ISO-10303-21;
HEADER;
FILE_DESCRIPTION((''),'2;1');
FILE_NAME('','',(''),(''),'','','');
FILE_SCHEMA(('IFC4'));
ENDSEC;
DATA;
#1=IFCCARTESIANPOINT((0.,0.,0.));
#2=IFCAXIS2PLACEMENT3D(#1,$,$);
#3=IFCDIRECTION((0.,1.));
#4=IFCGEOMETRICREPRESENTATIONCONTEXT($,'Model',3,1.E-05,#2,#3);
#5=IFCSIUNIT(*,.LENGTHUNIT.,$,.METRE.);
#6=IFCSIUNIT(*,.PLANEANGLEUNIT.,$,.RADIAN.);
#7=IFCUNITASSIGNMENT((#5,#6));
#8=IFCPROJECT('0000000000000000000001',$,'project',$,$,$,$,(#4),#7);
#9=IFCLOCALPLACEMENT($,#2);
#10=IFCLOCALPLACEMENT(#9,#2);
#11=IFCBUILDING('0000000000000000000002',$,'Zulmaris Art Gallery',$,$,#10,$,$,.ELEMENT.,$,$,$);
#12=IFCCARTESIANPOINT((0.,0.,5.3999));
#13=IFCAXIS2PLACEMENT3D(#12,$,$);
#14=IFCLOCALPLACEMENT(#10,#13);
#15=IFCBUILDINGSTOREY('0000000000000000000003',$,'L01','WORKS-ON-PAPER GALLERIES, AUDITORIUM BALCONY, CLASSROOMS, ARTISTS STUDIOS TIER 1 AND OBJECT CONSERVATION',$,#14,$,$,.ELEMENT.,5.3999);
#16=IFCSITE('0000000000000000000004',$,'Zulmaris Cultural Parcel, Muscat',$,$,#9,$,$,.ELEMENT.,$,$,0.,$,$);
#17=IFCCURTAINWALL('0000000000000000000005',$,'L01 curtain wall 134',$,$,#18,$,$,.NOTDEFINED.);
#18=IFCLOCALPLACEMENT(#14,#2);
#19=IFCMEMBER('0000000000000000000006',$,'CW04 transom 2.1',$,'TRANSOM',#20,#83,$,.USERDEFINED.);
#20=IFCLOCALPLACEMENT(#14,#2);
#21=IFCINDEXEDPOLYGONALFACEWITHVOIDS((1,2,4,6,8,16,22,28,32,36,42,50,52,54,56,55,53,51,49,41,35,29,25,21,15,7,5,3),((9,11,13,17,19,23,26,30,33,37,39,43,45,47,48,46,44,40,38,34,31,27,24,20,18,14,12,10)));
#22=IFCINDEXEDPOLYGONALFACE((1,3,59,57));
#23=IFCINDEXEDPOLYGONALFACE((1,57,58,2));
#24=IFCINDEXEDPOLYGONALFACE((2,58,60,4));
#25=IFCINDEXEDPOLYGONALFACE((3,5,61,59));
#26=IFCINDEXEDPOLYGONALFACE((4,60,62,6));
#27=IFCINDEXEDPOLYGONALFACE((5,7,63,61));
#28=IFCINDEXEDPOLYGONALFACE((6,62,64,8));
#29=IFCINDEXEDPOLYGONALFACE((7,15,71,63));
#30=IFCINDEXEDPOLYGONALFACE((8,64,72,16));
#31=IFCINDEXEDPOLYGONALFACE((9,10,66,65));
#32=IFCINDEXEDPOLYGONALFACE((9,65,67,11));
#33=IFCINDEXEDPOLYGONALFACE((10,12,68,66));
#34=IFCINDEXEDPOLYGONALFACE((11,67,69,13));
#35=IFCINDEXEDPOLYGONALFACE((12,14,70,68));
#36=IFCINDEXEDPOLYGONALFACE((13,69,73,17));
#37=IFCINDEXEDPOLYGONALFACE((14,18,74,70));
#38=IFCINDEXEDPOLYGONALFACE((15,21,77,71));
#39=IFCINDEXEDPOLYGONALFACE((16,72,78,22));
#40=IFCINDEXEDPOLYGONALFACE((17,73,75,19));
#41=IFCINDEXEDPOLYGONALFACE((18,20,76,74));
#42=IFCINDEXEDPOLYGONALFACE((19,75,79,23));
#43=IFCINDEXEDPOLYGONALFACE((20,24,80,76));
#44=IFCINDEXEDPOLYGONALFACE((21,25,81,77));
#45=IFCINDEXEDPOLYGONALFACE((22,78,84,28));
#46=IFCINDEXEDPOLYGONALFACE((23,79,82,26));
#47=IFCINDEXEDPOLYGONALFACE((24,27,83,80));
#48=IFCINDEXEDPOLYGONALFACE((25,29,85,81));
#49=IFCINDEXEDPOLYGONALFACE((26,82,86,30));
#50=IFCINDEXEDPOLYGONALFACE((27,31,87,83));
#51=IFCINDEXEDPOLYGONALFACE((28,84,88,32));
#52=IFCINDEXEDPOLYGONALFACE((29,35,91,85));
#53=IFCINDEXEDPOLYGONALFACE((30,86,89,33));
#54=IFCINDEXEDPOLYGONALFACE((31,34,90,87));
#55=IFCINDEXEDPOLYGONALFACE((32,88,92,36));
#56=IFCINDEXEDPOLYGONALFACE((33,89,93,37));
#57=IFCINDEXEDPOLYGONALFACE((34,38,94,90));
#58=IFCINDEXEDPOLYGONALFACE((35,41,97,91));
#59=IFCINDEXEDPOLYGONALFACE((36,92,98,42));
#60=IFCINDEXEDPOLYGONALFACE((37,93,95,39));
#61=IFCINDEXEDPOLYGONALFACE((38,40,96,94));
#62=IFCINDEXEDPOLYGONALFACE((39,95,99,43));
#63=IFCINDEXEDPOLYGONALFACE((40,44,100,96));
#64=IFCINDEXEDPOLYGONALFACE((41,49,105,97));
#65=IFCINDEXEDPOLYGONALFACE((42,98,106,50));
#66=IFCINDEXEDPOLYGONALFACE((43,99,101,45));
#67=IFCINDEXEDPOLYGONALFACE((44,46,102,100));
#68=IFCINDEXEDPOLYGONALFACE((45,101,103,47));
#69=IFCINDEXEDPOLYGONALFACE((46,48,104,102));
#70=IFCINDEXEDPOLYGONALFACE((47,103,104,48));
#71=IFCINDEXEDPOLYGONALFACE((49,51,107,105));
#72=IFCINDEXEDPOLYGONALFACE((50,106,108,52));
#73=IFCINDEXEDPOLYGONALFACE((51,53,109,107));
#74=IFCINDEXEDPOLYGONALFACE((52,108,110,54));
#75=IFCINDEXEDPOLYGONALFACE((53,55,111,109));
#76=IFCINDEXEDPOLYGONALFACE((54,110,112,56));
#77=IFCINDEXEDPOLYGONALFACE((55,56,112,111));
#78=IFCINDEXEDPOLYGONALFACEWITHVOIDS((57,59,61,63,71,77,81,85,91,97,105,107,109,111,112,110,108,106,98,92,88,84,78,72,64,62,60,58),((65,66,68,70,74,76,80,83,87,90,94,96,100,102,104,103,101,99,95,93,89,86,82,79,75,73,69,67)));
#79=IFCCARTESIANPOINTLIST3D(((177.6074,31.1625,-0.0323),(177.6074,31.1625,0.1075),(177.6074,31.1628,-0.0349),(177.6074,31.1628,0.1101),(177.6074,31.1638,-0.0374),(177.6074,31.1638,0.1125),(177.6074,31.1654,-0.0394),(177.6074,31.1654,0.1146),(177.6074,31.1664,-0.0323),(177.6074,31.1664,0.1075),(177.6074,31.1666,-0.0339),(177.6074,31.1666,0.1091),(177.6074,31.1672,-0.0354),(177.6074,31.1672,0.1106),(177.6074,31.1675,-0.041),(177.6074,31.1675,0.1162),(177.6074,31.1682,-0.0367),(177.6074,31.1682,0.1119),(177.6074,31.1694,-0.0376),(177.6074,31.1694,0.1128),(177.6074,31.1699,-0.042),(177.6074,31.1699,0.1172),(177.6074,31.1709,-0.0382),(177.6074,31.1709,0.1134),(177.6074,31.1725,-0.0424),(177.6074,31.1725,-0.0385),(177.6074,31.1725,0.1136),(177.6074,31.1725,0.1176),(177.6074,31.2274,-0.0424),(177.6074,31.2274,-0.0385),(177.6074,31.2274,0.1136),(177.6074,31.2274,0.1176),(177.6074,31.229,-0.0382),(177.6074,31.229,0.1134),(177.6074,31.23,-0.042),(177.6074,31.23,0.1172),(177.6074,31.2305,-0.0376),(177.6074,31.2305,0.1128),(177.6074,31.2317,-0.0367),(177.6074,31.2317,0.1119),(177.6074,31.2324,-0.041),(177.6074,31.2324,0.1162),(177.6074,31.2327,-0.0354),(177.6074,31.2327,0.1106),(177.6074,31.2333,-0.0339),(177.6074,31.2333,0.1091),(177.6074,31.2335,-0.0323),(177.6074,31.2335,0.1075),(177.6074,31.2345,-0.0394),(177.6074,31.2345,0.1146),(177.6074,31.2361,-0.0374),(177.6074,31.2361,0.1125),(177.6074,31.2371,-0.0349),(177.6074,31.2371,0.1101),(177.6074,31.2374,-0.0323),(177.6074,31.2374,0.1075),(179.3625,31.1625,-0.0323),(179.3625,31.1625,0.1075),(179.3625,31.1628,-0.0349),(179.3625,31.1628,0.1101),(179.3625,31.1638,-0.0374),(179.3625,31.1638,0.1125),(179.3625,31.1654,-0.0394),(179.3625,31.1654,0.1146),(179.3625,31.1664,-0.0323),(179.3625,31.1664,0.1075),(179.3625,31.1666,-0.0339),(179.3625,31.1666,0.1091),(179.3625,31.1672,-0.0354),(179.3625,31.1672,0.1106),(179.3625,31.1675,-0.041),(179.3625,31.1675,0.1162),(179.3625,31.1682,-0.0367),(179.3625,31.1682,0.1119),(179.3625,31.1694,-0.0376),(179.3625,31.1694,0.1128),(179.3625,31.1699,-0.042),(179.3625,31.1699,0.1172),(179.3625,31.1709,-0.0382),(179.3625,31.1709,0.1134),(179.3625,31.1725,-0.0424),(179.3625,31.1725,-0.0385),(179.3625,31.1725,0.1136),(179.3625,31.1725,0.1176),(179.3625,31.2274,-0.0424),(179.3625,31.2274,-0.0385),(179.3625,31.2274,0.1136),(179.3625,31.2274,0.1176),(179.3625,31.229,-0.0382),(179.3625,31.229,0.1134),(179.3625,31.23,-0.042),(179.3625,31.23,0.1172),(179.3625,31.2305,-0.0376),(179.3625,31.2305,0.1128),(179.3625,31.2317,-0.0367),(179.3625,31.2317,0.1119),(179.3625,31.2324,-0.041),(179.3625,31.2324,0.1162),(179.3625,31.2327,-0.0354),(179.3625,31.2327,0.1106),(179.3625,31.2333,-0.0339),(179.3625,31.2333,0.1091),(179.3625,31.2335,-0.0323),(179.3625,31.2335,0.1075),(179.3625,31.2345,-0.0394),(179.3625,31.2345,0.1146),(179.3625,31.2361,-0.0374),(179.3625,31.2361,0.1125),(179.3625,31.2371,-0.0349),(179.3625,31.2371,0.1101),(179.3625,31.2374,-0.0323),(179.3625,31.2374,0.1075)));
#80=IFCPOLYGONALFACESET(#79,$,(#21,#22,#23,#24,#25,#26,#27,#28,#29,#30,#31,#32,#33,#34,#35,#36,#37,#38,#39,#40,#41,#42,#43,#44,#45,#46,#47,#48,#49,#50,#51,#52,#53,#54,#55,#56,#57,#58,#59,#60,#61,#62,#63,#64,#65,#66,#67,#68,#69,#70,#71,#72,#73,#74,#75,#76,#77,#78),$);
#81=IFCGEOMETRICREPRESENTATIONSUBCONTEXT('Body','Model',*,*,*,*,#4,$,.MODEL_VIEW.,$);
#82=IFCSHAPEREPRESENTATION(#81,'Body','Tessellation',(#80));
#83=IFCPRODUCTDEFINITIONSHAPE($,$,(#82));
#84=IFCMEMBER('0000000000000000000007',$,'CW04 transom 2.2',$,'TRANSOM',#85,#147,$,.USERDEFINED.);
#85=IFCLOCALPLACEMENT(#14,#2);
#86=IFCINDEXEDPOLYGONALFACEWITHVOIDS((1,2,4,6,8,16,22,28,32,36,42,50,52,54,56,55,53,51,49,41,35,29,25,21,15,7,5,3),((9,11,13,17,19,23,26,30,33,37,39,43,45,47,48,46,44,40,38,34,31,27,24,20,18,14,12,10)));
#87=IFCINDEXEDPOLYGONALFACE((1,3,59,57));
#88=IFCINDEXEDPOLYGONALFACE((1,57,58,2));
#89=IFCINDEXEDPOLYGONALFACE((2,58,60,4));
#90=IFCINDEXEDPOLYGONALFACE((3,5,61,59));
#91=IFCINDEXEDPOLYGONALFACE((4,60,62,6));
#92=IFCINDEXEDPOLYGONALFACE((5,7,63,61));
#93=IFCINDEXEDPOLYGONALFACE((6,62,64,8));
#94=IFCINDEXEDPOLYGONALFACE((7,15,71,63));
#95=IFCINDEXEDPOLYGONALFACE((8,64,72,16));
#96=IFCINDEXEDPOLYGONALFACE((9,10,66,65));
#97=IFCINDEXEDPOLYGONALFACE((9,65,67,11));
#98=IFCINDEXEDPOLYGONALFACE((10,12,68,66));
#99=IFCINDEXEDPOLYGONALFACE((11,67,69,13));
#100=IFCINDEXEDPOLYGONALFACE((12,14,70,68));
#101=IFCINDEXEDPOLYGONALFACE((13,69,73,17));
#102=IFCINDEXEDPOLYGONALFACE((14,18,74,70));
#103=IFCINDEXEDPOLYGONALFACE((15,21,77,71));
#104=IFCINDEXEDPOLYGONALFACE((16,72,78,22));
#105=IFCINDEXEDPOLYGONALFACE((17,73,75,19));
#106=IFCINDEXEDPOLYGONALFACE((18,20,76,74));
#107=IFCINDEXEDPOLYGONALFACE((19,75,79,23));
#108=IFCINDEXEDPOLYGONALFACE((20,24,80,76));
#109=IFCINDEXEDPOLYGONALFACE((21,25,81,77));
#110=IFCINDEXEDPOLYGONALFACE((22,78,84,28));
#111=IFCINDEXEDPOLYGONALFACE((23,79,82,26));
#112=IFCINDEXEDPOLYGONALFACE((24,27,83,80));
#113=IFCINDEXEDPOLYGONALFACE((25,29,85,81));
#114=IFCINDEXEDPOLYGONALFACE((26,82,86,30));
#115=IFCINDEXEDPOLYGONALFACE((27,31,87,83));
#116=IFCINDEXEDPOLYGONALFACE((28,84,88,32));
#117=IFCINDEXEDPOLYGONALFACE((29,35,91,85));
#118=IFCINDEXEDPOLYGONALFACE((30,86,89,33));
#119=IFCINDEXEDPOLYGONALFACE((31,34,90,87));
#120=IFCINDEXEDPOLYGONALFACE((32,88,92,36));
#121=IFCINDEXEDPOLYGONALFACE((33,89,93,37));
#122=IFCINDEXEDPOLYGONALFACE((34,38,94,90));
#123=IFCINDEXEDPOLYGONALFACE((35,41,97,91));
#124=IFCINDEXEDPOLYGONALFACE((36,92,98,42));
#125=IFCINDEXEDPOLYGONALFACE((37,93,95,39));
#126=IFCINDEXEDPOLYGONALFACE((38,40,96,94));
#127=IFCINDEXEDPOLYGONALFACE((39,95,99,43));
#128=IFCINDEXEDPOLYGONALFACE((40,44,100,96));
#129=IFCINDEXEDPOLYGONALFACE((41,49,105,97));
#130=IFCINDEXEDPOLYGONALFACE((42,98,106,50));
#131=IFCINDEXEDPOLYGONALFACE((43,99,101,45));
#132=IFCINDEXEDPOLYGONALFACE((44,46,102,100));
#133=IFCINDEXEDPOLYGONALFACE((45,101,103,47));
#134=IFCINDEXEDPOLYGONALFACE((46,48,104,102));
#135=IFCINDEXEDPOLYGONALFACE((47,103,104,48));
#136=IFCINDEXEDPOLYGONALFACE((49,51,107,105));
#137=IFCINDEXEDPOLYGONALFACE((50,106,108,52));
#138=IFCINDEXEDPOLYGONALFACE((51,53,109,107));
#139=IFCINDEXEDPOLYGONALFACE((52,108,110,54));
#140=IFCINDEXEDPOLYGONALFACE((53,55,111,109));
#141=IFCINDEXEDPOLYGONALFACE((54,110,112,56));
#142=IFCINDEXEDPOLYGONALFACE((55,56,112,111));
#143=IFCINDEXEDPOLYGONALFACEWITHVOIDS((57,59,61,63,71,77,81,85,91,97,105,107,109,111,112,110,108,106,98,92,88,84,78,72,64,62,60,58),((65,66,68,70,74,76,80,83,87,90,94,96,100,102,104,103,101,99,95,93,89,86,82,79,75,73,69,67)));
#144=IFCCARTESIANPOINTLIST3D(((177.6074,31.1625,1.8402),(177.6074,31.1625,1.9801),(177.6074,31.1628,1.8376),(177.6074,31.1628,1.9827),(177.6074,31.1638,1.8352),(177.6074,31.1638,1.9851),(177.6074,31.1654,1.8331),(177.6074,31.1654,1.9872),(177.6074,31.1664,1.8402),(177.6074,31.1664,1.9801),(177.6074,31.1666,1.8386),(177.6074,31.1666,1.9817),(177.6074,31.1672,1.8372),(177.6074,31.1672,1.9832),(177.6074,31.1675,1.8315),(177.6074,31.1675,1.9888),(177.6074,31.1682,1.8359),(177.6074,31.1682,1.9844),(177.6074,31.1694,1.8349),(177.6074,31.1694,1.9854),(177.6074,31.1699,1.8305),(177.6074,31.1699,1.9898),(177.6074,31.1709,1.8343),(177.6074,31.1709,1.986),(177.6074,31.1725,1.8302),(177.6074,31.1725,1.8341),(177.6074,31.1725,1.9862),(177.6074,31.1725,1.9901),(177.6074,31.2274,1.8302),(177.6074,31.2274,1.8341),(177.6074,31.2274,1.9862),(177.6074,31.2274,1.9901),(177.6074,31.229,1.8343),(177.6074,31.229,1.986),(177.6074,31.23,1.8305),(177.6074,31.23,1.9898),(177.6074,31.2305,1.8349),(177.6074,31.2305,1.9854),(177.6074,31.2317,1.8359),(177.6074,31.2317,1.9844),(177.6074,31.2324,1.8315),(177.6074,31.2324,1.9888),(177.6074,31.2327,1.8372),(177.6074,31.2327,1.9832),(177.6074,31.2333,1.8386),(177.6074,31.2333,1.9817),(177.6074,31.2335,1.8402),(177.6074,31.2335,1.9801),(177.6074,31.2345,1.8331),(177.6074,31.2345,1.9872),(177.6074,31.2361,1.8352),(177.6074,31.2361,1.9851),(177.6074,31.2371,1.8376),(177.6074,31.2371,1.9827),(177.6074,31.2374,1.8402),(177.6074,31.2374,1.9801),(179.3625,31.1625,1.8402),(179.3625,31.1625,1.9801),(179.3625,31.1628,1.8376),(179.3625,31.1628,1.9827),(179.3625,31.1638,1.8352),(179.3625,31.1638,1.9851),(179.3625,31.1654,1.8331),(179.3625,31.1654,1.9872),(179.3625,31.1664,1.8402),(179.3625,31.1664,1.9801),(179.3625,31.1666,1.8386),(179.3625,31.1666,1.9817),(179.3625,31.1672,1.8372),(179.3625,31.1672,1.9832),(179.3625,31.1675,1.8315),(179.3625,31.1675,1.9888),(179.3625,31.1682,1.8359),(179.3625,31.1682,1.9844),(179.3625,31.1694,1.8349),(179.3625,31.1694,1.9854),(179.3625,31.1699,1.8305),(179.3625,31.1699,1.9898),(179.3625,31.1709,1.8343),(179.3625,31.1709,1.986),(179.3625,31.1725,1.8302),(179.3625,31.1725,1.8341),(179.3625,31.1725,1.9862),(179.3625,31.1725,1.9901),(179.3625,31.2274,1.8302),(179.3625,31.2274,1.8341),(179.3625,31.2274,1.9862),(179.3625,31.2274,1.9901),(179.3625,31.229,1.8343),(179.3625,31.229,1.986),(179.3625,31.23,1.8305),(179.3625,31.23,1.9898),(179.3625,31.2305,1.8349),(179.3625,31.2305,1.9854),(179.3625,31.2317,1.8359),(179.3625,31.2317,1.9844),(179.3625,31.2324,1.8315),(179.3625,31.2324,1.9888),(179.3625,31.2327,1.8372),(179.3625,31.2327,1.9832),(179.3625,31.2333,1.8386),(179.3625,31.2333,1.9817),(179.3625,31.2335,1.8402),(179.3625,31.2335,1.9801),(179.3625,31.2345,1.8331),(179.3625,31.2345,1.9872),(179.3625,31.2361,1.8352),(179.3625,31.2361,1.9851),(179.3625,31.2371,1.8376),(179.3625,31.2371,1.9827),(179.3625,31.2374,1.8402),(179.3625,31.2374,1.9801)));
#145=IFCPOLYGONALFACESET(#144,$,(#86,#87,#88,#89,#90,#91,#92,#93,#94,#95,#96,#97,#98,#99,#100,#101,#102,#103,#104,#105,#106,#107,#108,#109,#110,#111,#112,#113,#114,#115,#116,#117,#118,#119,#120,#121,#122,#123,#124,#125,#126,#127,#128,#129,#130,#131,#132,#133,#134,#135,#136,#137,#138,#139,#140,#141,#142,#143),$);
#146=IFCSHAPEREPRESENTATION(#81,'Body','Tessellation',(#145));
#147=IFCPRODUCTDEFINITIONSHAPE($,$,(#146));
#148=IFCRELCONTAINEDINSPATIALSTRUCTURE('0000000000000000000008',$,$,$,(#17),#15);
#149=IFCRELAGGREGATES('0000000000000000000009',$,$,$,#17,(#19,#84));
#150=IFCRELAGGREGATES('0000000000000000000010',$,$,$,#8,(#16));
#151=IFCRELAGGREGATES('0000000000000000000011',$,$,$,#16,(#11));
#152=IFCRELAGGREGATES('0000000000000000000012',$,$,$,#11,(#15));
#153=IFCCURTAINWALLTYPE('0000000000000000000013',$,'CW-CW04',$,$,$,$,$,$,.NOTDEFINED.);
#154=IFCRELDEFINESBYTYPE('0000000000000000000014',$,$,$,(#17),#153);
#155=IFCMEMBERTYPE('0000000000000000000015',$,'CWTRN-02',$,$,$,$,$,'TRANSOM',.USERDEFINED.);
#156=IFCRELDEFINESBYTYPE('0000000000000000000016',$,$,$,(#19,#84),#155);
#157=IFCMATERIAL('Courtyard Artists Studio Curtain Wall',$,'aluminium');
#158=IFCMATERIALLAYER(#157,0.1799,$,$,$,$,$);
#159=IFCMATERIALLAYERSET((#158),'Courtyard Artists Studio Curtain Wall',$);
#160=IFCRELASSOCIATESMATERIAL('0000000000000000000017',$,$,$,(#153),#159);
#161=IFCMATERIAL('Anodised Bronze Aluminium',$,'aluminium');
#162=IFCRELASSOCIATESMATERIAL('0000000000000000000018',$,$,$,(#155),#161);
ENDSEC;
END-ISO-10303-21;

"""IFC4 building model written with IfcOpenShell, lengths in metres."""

from ifc_helpers import new_model, si_unit, direction, frame, origin, origin_2d, place, context, subcontext, project, spatial, hollow_rectangle, extrude, material, layer, layer_set, material_profile, profile_set, type_object, element, aggregate, save


model = new_model("IFC4")

# Units and contexts
model_context = context("Model", 3, precision=1e-05, world=origin(), true_north=direction((0.0, 1.0)))
body_context = subcontext(model_context, "Body", "Model", "MODEL_VIEW")
ifc_project = project(units=[si_unit("LENGTHUNIT", "METRE"), si_unit("PLANEANGLEUNIT", "RADIAN")], contexts=[model_context])

# Site, building, storey
site_placement = place(None, origin())
site = spatial("IfcSite", under=ifc_project, at=site_placement, Name="Zulmaris Cultural Parcel, Muscat", CompositionType="ELEMENT", RefElevation=0.0)
building_placement = place(site_placement, origin())
building = spatial("IfcBuilding", under=site, at=building_placement, Name="Zulmaris Art Gallery", CompositionType="ELEMENT")
storey_placement = place(building_placement, frame((0.0, 0.0, 5.3999)))
storey = spatial("IfcBuildingStorey", under=building, at=storey_placement, Name="L01", Description="WORKS-ON-PAPER GALLERIES, AUDITORIUM BALCONY, CLASSROOMS, ARTISTS STUDIOS TIER 1 AND OBJECT CONSERVATION", CompositionType="ELEMENT", Elevation=5.3999)

# Shared definitions
ifc_material_1 = material(Name="Courtyard Artists Studio Curtain Wall", Category="aluminium")
ifc_layer_1 = layer(ifc_material_1, 0.1799)
ifc_layer_set_1 = layer_set([ifc_layer_1], Name="Courtyard Artists Studio Curtain Wall")
curtain_wall_type = type_object("IfcCurtainWallType", Name="CW-CW04", PredefinedType="NOTDEFINED", material=ifc_layer_set_1)
ifc_material_2 = material(Name="Anodised Bronze Aluminium", Category="aluminium")

# Curtain wall
curtain_wall_1_placement = place(storey_placement, origin())
curtain_wall_1 = element("IfcCurtainWall", 1, at=curtain_wall_1_placement, inside=storey, type_object=curtain_wall_type, Name="L01 curtain wall 134", PredefinedType="NOTDEFINED")

# Members
ifc_material_profile_1 = material_profile(ifc_material_2, hollow_rectangle(XDim=0.075, YDim=0.1599, WallThickness=0.0039, InnerFilletRadius=0.0061, OuterFilletRadius=0.01, at=origin_2d()), Name="ALU 75x160x4")
ifc_profile_set_1 = profile_set([ifc_material_profile_1], Name="Anodised Bronze Aluminium")
member_type_1 = type_object("IfcMemberType", Name="CWTRN-02", ElementType="TRANSOM", PredefinedType="USERDEFINED", material=ifc_profile_set_1)
member_1_placement = place(storey_placement, frame((177.6074, 31.2, 0.0376), z_axis=(1.0, 0.0, 0.0), x_axis=(0.0, 1.0, 0.0)))
member_1 = element("IfcMember", 2, at=member_1_placement, type_object=member_type_1, Name="CW04 transom 2.1", ObjectType="TRANSOM", PredefinedType="USERDEFINED", context=body_context, shape_type="SweptSolid", body=[
    extrude(hollow_rectangle(XDim=0.075, YDim=0.1599, WallThickness=0.0039, InnerFilletRadius=0.0061, OuterFilletRadius=0.01, at=origin_2d()), origin(), (0.0, 0.0, 1.0), 1.7551),
])
member_2_placement = place(storey_placement, frame((177.6074, 31.2, 1.9102), z_axis=(1.0, 0.0, 0.0), x_axis=(0.0, 1.0, 0.0)))
member_2 = element("IfcMember", 3, at=member_2_placement, type_object=member_type_1, Name="CW04 transom 2.2", ObjectType="TRANSOM", PredefinedType="USERDEFINED", context=body_context, shape_type="SweptSolid", body=[
    extrude(hollow_rectangle(XDim=0.075, YDim=0.1599, WallThickness=0.0039, InnerFilletRadius=0.0061, OuterFilletRadius=0.01, at=origin_2d()), origin(), (0.0, 0.0, 1.0), 1.7551),
])

aggregate(curtain_wall_1, [member_1, member_2])

save(model, "model.ifc")
